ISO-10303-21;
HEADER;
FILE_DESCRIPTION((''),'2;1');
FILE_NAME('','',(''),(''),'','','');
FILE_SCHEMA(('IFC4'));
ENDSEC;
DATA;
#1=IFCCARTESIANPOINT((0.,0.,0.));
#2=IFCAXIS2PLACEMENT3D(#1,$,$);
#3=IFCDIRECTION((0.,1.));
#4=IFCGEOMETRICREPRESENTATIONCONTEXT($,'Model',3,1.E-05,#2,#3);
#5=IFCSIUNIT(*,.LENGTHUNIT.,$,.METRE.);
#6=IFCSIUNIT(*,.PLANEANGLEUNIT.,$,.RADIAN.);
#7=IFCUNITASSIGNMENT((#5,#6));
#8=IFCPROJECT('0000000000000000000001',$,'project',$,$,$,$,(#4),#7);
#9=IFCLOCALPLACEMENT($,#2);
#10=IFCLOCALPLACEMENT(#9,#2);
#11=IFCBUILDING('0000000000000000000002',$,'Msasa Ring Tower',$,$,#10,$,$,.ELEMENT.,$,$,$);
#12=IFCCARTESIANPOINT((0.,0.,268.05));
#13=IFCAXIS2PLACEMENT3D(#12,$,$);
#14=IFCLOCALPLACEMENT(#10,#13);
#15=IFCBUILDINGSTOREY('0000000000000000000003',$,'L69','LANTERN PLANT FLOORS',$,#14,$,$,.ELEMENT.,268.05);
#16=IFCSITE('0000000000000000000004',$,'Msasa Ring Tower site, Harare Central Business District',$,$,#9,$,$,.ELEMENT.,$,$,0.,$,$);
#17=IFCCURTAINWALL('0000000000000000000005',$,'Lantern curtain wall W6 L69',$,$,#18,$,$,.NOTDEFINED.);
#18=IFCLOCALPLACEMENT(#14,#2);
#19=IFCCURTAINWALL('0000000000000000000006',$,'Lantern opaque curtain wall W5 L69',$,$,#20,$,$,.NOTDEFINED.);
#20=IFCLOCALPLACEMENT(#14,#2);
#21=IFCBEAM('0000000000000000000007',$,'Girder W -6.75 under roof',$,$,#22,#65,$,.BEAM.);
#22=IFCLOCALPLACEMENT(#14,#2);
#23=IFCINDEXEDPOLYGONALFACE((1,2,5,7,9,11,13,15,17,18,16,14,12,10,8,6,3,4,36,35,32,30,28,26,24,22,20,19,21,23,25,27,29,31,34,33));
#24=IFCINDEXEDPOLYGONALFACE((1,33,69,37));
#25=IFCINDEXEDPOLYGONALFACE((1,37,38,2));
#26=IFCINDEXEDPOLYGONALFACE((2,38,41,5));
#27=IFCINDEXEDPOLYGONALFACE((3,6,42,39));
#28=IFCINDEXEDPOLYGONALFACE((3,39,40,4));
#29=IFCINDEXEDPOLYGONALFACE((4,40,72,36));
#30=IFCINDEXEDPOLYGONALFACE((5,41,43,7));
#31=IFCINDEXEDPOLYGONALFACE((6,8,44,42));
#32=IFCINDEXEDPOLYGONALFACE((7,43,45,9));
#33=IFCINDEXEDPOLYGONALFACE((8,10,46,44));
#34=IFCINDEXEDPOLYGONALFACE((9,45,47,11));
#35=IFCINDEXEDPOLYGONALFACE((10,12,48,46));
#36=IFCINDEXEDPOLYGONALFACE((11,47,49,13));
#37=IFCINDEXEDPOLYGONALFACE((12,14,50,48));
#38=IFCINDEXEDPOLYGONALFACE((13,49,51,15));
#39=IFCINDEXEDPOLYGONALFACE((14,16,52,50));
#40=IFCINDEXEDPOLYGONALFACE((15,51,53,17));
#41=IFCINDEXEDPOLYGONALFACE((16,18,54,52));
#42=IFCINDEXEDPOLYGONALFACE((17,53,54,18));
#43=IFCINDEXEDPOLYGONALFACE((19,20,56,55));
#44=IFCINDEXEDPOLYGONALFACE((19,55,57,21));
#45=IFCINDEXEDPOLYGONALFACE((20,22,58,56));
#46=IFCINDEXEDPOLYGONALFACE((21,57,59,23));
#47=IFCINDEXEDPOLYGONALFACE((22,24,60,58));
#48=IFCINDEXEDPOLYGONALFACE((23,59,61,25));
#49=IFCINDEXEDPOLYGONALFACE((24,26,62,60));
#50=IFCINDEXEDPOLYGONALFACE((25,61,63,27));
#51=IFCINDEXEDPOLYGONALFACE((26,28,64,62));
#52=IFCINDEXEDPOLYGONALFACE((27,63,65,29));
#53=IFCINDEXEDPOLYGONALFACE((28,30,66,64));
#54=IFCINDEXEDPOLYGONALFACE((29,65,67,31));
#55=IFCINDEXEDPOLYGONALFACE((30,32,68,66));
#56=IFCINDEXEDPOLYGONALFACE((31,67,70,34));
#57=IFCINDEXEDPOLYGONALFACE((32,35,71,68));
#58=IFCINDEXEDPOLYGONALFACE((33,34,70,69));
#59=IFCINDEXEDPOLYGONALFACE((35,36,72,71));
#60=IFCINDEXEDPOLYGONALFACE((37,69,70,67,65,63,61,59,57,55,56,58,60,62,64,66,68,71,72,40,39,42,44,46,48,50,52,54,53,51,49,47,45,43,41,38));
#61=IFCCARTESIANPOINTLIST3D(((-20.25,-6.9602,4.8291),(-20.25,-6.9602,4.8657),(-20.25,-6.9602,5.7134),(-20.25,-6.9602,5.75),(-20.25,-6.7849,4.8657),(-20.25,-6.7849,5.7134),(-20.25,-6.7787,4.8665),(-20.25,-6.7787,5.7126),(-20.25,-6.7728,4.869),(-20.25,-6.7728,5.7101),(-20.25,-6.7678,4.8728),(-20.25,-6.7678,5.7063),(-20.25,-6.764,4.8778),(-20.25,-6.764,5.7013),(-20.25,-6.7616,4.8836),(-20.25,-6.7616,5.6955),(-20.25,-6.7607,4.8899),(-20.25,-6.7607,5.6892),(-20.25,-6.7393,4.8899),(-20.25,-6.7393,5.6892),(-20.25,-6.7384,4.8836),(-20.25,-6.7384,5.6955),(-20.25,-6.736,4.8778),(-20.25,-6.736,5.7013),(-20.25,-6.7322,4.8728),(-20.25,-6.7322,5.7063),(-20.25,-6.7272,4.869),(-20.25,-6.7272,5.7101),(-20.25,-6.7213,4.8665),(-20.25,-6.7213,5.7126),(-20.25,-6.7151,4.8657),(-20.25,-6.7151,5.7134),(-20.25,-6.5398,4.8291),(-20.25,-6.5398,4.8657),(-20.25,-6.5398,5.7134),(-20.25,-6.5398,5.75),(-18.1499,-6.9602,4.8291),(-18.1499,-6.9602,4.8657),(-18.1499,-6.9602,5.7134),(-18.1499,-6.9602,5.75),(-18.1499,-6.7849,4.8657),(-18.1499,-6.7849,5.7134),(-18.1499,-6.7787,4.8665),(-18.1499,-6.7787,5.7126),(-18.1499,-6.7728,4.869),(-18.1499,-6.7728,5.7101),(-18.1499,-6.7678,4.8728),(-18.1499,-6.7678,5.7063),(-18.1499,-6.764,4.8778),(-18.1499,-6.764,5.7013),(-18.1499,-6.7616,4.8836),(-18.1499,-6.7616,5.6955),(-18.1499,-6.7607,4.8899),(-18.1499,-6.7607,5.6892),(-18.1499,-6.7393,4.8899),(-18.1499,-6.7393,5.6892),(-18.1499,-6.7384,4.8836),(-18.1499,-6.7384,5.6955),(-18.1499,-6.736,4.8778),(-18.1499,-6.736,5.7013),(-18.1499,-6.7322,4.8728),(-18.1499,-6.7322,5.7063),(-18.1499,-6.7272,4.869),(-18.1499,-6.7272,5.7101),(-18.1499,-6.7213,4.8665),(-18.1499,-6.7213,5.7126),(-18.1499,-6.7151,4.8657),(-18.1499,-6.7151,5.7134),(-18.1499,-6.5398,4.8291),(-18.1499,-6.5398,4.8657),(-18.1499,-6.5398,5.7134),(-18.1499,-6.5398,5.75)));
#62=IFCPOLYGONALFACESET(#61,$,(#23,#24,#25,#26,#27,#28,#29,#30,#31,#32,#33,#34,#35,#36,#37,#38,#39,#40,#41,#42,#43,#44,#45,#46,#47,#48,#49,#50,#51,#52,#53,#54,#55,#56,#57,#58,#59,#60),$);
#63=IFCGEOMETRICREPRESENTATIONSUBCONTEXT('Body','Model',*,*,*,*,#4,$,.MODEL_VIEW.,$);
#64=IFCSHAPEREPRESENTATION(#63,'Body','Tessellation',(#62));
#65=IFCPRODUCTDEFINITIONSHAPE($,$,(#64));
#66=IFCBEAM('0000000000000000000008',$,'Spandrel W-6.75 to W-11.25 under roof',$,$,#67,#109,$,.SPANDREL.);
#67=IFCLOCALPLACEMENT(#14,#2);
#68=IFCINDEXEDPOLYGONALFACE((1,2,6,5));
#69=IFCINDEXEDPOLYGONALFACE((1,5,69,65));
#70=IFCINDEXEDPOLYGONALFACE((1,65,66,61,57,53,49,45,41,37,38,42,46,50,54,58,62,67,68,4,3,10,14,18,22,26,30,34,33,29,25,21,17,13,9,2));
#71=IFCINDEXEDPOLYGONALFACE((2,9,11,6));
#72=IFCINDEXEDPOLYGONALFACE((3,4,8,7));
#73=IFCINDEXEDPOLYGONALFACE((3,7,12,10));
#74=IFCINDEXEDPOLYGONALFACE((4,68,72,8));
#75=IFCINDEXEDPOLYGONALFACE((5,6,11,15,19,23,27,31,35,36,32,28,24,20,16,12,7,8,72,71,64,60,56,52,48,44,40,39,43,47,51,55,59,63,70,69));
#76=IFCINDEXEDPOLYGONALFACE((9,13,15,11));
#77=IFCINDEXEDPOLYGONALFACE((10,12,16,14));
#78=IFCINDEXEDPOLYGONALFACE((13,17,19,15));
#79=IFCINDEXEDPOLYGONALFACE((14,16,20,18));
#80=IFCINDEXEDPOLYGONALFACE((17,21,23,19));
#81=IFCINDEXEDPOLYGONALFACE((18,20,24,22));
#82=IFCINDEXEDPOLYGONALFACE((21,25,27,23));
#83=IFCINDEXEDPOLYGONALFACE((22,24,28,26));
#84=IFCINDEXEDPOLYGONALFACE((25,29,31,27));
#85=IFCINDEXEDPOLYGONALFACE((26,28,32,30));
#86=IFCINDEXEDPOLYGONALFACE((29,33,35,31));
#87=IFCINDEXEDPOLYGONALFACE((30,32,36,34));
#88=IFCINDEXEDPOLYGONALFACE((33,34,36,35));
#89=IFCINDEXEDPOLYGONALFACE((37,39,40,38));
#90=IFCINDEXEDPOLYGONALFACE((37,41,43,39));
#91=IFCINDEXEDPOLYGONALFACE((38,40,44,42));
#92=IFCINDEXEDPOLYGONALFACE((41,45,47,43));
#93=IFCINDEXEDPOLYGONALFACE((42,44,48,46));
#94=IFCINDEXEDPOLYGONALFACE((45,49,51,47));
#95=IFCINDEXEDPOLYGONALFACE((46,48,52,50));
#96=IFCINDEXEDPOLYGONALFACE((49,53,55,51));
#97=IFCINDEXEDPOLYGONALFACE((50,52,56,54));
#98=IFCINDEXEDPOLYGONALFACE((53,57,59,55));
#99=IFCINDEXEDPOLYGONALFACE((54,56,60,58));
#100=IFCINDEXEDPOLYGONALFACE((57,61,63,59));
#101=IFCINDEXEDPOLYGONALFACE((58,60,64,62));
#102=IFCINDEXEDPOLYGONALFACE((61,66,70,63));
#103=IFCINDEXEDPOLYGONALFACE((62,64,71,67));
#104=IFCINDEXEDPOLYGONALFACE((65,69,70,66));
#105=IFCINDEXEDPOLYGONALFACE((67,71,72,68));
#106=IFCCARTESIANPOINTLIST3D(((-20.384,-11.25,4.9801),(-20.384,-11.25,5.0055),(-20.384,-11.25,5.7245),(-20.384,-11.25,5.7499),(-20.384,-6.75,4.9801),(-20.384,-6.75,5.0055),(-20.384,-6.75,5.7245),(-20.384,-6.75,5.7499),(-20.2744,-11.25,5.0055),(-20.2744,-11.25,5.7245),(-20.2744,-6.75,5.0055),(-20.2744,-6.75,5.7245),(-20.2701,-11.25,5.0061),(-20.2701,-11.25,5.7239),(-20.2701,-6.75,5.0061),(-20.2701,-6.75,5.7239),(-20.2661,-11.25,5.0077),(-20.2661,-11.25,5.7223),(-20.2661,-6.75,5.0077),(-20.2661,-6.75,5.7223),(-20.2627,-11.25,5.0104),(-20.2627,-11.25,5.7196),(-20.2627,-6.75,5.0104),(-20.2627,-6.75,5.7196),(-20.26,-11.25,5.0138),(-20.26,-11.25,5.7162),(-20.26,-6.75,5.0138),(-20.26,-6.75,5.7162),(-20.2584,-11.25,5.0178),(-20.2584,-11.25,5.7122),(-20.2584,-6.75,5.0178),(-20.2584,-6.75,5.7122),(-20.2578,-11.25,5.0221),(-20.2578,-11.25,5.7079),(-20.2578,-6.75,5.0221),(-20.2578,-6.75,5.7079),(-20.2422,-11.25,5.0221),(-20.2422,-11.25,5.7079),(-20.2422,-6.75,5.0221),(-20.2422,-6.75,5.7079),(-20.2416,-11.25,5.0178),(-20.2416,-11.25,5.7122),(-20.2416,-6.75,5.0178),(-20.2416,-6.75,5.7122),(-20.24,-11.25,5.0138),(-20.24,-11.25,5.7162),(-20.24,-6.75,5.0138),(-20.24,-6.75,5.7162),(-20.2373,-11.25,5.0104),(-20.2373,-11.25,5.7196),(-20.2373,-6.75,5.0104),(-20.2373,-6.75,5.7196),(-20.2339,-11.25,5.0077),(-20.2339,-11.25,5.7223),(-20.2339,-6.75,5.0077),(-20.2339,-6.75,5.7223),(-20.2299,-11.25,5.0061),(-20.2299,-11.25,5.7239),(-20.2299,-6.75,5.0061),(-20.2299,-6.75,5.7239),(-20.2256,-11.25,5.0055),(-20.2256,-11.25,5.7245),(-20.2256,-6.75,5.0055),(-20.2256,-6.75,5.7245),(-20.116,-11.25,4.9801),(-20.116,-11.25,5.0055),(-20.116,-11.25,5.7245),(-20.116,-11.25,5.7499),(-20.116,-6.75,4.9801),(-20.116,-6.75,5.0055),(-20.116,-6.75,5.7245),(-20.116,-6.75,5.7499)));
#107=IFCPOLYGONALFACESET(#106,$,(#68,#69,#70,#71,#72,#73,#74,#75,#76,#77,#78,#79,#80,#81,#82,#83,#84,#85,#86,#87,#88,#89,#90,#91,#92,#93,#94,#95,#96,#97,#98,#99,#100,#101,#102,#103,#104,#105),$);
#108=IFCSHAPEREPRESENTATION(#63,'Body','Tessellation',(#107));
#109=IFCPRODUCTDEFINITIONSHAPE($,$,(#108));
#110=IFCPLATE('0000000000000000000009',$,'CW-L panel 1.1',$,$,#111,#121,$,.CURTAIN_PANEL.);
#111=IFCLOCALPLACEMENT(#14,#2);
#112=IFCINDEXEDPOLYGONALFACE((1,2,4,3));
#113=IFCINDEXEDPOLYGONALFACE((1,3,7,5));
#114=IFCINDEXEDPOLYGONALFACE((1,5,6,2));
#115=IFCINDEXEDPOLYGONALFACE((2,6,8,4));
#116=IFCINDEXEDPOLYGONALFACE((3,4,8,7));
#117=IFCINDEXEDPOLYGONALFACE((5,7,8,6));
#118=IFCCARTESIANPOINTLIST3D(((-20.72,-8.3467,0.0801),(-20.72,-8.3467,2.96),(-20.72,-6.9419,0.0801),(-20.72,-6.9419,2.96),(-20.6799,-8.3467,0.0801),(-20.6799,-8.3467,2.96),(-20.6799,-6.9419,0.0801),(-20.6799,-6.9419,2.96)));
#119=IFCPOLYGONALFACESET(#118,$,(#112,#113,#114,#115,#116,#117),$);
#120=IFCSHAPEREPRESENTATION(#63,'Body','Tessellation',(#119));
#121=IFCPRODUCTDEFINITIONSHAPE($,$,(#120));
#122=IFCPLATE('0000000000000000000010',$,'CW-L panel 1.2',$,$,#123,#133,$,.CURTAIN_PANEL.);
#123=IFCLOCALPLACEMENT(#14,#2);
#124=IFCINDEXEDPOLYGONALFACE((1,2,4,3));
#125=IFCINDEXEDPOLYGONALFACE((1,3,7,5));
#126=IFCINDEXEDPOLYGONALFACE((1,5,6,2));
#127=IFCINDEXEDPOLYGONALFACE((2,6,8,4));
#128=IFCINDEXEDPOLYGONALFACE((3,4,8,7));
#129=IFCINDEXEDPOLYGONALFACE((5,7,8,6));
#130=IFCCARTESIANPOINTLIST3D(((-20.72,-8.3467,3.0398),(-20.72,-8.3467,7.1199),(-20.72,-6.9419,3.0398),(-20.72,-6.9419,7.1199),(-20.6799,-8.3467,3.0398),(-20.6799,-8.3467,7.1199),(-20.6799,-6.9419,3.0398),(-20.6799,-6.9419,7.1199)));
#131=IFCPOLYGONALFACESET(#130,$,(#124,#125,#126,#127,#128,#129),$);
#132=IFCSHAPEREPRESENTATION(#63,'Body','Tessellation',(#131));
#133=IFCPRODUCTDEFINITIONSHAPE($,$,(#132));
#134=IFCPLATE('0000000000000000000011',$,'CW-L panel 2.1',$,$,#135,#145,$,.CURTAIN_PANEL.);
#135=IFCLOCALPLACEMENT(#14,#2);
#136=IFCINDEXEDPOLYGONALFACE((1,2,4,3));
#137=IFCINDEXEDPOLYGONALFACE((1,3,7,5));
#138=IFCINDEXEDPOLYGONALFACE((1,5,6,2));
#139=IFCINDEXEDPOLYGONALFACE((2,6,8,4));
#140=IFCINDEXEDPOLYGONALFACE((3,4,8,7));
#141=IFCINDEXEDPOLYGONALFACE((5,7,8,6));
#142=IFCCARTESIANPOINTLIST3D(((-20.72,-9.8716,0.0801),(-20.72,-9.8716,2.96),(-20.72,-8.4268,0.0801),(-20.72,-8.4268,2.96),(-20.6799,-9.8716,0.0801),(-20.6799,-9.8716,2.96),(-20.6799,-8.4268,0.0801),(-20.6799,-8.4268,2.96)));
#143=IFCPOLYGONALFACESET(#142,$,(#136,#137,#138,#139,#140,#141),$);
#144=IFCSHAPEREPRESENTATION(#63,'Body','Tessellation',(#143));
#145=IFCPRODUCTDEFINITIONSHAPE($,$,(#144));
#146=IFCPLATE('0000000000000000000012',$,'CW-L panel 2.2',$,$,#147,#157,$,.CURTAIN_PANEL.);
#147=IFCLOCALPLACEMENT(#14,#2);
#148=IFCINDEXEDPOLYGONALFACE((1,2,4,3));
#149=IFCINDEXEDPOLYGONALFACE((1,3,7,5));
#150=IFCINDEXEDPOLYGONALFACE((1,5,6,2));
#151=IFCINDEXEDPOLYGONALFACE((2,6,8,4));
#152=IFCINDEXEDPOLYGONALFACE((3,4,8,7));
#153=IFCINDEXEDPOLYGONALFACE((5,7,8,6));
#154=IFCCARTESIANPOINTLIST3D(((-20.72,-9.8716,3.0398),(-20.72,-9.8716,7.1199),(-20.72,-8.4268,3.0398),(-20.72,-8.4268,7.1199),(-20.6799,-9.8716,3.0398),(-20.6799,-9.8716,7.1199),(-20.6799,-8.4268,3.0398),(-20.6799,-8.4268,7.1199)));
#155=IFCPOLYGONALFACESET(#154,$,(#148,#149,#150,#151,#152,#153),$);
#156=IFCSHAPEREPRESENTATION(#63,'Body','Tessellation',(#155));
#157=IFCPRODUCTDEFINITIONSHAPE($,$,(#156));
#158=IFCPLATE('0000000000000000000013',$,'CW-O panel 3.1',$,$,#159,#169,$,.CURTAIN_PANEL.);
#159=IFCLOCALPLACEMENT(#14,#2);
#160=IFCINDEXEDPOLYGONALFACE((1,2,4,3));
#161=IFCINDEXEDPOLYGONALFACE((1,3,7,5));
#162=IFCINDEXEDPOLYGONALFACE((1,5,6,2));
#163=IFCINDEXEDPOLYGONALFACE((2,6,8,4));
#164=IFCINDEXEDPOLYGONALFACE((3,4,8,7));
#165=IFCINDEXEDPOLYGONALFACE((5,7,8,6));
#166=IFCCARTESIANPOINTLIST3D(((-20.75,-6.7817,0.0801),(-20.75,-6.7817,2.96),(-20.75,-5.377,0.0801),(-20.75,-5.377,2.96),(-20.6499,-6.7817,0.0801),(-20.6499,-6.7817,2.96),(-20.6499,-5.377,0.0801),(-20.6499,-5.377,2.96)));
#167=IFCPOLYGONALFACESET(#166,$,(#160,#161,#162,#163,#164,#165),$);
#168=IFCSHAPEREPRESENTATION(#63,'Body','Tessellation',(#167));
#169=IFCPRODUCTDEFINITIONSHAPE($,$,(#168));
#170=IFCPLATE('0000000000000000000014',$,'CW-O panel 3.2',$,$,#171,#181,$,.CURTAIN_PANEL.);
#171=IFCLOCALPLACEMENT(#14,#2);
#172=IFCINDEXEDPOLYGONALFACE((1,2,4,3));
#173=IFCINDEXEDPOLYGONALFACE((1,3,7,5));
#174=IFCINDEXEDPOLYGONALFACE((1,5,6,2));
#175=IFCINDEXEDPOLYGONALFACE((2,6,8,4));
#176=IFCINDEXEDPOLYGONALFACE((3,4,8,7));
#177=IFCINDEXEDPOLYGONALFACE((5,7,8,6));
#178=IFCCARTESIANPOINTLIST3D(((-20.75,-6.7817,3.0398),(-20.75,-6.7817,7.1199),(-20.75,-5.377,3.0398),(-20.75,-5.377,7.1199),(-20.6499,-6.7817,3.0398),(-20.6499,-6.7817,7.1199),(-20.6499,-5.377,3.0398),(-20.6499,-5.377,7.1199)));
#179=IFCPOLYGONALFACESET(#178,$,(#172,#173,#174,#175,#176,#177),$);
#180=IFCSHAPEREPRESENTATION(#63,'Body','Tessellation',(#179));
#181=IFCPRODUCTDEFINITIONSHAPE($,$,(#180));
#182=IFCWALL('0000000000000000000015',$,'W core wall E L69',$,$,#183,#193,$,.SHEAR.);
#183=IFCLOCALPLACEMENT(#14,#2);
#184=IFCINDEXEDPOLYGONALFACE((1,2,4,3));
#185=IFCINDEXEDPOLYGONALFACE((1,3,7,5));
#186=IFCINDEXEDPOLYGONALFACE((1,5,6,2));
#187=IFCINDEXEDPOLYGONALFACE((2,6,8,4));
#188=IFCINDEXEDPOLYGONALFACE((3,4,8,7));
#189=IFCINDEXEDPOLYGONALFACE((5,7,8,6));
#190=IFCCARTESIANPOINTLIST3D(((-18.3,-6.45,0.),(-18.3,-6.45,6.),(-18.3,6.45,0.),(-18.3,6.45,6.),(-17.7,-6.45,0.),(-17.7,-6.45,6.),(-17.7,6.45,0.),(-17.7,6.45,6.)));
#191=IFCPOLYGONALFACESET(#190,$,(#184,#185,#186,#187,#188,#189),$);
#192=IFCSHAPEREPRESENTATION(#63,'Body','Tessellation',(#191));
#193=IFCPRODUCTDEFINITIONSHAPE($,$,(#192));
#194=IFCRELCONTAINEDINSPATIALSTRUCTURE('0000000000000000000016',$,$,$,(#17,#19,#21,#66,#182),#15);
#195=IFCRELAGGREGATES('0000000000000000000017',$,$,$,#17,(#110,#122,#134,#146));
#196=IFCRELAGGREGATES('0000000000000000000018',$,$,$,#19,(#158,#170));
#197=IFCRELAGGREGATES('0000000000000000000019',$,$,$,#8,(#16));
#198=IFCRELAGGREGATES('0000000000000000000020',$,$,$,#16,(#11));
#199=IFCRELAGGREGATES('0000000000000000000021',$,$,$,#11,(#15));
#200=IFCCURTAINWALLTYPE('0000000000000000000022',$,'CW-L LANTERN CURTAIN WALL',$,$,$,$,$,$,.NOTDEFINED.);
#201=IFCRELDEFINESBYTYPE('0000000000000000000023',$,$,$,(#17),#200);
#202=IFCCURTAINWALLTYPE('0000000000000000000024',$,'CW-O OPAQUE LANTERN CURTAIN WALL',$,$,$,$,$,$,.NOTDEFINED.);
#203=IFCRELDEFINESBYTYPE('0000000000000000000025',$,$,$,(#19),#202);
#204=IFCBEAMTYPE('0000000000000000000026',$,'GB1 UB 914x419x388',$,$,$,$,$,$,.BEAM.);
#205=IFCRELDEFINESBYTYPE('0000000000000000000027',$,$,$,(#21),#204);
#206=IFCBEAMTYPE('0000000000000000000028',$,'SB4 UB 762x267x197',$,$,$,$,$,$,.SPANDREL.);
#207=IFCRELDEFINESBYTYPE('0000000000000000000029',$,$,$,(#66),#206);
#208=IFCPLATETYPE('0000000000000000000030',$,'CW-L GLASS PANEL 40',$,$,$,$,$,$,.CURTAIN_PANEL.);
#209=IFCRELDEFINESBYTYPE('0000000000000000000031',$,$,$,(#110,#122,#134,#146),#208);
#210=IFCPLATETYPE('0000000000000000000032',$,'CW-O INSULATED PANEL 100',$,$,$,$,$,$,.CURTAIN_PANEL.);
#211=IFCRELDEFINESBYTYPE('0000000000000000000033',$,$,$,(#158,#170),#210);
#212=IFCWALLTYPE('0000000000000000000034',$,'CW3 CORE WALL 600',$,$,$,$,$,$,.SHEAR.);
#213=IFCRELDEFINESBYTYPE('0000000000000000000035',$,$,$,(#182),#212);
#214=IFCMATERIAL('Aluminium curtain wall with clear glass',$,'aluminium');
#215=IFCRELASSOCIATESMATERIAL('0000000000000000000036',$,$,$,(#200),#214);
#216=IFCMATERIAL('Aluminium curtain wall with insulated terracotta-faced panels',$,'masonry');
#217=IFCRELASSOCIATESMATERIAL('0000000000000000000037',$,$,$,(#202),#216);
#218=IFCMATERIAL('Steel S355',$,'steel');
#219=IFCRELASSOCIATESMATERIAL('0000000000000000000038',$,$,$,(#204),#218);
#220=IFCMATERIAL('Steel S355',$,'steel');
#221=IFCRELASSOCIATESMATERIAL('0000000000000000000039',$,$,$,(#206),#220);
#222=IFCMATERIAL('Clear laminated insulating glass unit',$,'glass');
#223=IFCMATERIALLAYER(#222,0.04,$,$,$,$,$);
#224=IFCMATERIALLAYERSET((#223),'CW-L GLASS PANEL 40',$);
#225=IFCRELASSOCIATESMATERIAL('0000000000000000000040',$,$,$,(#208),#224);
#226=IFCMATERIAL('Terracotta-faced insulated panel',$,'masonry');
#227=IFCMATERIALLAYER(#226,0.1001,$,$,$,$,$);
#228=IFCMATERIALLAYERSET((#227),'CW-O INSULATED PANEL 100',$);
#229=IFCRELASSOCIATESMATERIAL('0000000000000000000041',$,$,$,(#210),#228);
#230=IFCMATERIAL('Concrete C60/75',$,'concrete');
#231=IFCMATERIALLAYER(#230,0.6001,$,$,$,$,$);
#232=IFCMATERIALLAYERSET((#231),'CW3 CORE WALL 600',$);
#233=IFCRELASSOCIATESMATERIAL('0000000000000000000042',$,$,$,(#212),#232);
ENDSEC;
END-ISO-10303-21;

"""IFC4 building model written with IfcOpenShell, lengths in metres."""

from ifc_helpers import new_model, si_unit, direction, frame, frame_2d, origin, origin_2d, place, context, subcontext, project, spatial, rectangle, i_section, extrude, material, layer, layer_set, material_profile, profile_set, type_object, element, aggregate, save


model = new_model("IFC4")

# Units and contexts
model_context = context("Model", 3, precision=1e-05, world=origin(), true_north=direction((0.0, 1.0)))
body_context = subcontext(model_context, "Body", "Model", "MODEL_VIEW")
ifc_project = project(units=[si_unit("LENGTHUNIT", "METRE"), si_unit("PLANEANGLEUNIT", "RADIAN")], contexts=[model_context])

# Site, building, storey
site_placement = place(None, origin())
site = spatial("IfcSite", under=ifc_project, at=site_placement, Name="Msasa Ring Tower site, Harare Central Business District", CompositionType="ELEMENT", RefElevation=0.0)
building_placement = place(site_placement, origin())
building = spatial("IfcBuilding", under=site, at=building_placement, Name="Msasa Ring Tower", CompositionType="ELEMENT")
storey_placement = place(building_placement, frame((0.0, 0.0, 268.05)))
storey = spatial("IfcBuildingStorey", under=building, at=storey_placement, Name="L69", Description="LANTERN PLANT FLOORS", CompositionType="ELEMENT", Elevation=268.05)

# Curtain walls
ifc_material_1 = material(Name="Aluminium curtain wall with clear glass", Category="aluminium")
curtain_wall_type_1 = type_object("IfcCurtainWallType", Name="CW-L LANTERN CURTAIN WALL", PredefinedType="NOTDEFINED", material=ifc_material_1)
curtain_wall_1_placement = place(storey_placement, origin())
curtain_wall_1 = element("IfcCurtainWall", 1, at=curtain_wall_1_placement, inside=storey, type_object=curtain_wall_type_1, Name="Lantern curtain wall W6 L69", PredefinedType="NOTDEFINED")
ifc_material_2 = material(Name="Aluminium curtain wall with insulated terracotta-faced panels", Category="masonry")
curtain_wall_type_2 = type_object("IfcCurtainWallType", Name="CW-O OPAQUE LANTERN CURTAIN WALL", PredefinedType="NOTDEFINED", material=ifc_material_2)
curtain_wall_2_placement = place(storey_placement, origin())
curtain_wall_2 = element("IfcCurtainWall", 2, at=curtain_wall_2_placement, inside=storey, type_object=curtain_wall_type_2, Name="Lantern opaque curtain wall W5 L69", PredefinedType="NOTDEFINED")

# Beams
ifc_material_3 = material(Name="Steel S355", Category="steel")
ifc_material_profile_1 = material_profile(ifc_material_3, i_section(OverallWidth=0.4204, OverallDepth=0.9209, WebThickness=0.0215, FlangeThickness=0.0366, FilletRadius=0.0242, at=origin_2d()), Name="UB 914x419x388")
ifc_profile_set_1 = profile_set([ifc_material_profile_1], Name="Steel S355")
beam_type_1 = type_object("IfcBeamType", Name="GB1 UB 914x419x388", PredefinedType="BEAM", material=ifc_profile_set_1)
beam_1_placement = place(storey_placement, frame((-18.1499, -6.75, 5.2896), z_axis=(-1.0, 0.0, 0.0), x_axis=(0.0, -1.0, 0.0)))
element("IfcBeam", 3, at=beam_1_placement, inside=storey, type_object=beam_type_1, Name="Girder W -6.75 under roof", PredefinedType="BEAM", context=body_context, shape_type="SweptSolid", body=[
    extrude(i_section(OverallWidth=0.4204, OverallDepth=0.9209, WebThickness=0.0215, FlangeThickness=0.0366, FilletRadius=0.0242, at=origin_2d()), origin(), (0.0, 0.0, 1.0), 2.1001),
])
ifc_material_4 = material(Name="Steel S355", Category="steel")
ifc_material_profile_2 = material_profile(ifc_material_4, i_section(OverallWidth=0.2681, OverallDepth=0.7698, WebThickness=0.0156, FlangeThickness=0.0254, FilletRadius=0.0166, at=origin_2d()), Name="UB 762x267x197")
ifc_profile_set_2 = profile_set([ifc_material_profile_2], Name="Steel S355")
beam_type_2 = type_object("IfcBeamType", Name="SB4 UB 762x267x197", PredefinedType="SPANDREL", material=ifc_profile_set_2)
beam_2_placement = place(storey_placement, frame((-20.25, -6.75, 5.365), z_axis=(0.0, -1.0, 0.0), x_axis=(1.0, 0.0, 0.0)))
element("IfcBeam", 4, at=beam_2_placement, inside=storey, type_object=beam_type_2, Name="Spandrel W-6.75 to W-11.25 under roof", PredefinedType="SPANDREL", context=body_context, shape_type="SweptSolid", body=[
    extrude(i_section(OverallWidth=0.2681, OverallDepth=0.7698, WebThickness=0.0156, FlangeThickness=0.0254, FilletRadius=0.0166, at=origin_2d()), origin(), (0.0, 0.0, 1.0), 4.5),
])

# Plates
ifc_material_5 = material(Name="Clear laminated insulating glass unit", Category="glass")
ifc_layer_1 = layer(ifc_material_5, 0.04)
ifc_layer_set_1 = layer_set([ifc_layer_1], Name="CW-L GLASS PANEL 40")
plate_type_1 = type_object("IfcPlateType", Name="CW-L GLASS PANEL 40", PredefinedType="CURTAIN_PANEL", material=ifc_layer_set_1)
plate_1_placement = place(storey_placement, frame((-20.7, -7.6443, 0.0801), z_axis=(0.0, 0.0, 1.0), x_axis=(0.0, -1.0, 0.0)))
plate_1 = element("IfcPlate", 5, at=plate_1_placement, type_object=plate_type_1, Name="CW-L panel 1.1", PredefinedType="CURTAIN_PANEL", context=body_context, shape_type="SweptSolid", body=[
    extrude(rectangle(XDim=1.4048, YDim=0.04, at=origin_2d()), origin(), (0.0, 0.0, 1.0), 2.8799),
])
plate_2_placement = place(storey_placement, frame((-20.7, -7.6443, 3.0398), z_axis=(0.0, 0.0, 1.0), x_axis=(0.0, -1.0, 0.0)))
plate_2 = element("IfcPlate", 6, at=plate_2_placement, type_object=plate_type_1, Name="CW-L panel 1.2", PredefinedType="CURTAIN_PANEL", context=body_context, shape_type="SweptSolid", body=[
    extrude(rectangle(XDim=1.4048, YDim=0.04, at=origin_2d()), origin(), (0.0, 0.0, 1.0), 4.0801),
])
plate_3_placement = place(storey_placement, frame((-20.7, -9.1492, 0.0801), z_axis=(0.0, 0.0, 1.0), x_axis=(0.0, -1.0, 0.0)))
plate_3 = element("IfcPlate", 7, at=plate_3_placement, type_object=plate_type_1, Name="CW-L panel 2.1", PredefinedType="CURTAIN_PANEL", context=body_context, shape_type="SweptSolid", body=[
    extrude(rectangle(XDim=1.4448, YDim=0.04, at=origin_2d()), origin(), (0.0, 0.0, 1.0), 2.8799),
])
plate_4_placement = place(storey_placement, frame((-20.7, -9.1492, 3.0398), z_axis=(0.0, 0.0, 1.0), x_axis=(0.0, -1.0, 0.0)))
plate_4 = element("IfcPlate", 8, at=plate_4_placement, type_object=plate_type_1, Name="CW-L panel 2.2", PredefinedType="CURTAIN_PANEL", context=body_context, shape_type="SweptSolid", body=[
    extrude(rectangle(XDim=1.4448, YDim=0.04, at=origin_2d()), origin(), (0.0, 0.0, 1.0), 4.0801),
])
aggregate(curtain_wall_1, [plate_1, plate_2, plate_3, plate_4])
ifc_material_6 = material(Name="Terracotta-faced insulated panel", Category="masonry")
ifc_layer_2 = layer(ifc_material_6, 0.1001)
ifc_layer_set_2 = layer_set([ifc_layer_2], Name="CW-O INSULATED PANEL 100")
plate_type_2 = type_object("IfcPlateType", Name="CW-O INSULATED PANEL 100", PredefinedType="CURTAIN_PANEL", material=ifc_layer_set_2)
plate_5_placement = place(storey_placement, frame((-20.7, -6.0793, 0.0801), z_axis=(0.0, 0.0, 1.0), x_axis=(0.0, -1.0, 0.0)))
plate_5 = element("IfcPlate", 9, at=plate_5_placement, type_object=plate_type_2, Name="CW-O panel 3.1", PredefinedType="CURTAIN_PANEL", context=body_context, shape_type="SweptSolid", body=[
    extrude(rectangle(XDim=1.4048, YDim=0.1001, at=origin_2d()), origin(), (0.0, 0.0, 1.0), 2.8799),
])
plate_6_placement = place(storey_placement, frame((-20.7, -6.0793, 3.0398), z_axis=(0.0, 0.0, 1.0), x_axis=(0.0, -1.0, 0.0)))
plate_6 = element("IfcPlate", 10, at=plate_6_placement, type_object=plate_type_2, Name="CW-O panel 3.2", PredefinedType="CURTAIN_PANEL", context=body_context, shape_type="SweptSolid", body=[
    extrude(rectangle(XDim=1.4048, YDim=0.1001, at=origin_2d()), origin(), (0.0, 0.0, 1.0), 4.0801),
])
aggregate(curtain_wall_2, [plate_5, plate_6])

# Wall
ifc_material_7 = material(Name="Concrete C60/75", Category="concrete")
ifc_layer_3 = layer(ifc_material_7, 0.6001)
ifc_layer_set_3 = layer_set([ifc_layer_3], Name="CW3 CORE WALL 600")
wall_type_1 = type_object("IfcWallType", Name="CW3 CORE WALL 600", PredefinedType="SHEAR", material=ifc_layer_set_3)
wall_1_placement = place(storey_placement, frame((-18.0, -6.45, 0.0), z_axis=(0.0, 0.0, 1.0), x_axis=(0.0, 1.0, 0.0)))
element("IfcWall", 11, at=wall_1_placement, inside=storey, type_object=wall_type_1, Name="W core wall E L69", PredefinedType="SHEAR", context=body_context, shape_type="SweptSolid", body=[
    extrude(rectangle(XDim=12.8999, YDim=0.6001, at=frame_2d((6.45, 0.0))), origin(), (0.0, 0.0, 1.0), 6.0),
])

save(model, "model.ifc")
